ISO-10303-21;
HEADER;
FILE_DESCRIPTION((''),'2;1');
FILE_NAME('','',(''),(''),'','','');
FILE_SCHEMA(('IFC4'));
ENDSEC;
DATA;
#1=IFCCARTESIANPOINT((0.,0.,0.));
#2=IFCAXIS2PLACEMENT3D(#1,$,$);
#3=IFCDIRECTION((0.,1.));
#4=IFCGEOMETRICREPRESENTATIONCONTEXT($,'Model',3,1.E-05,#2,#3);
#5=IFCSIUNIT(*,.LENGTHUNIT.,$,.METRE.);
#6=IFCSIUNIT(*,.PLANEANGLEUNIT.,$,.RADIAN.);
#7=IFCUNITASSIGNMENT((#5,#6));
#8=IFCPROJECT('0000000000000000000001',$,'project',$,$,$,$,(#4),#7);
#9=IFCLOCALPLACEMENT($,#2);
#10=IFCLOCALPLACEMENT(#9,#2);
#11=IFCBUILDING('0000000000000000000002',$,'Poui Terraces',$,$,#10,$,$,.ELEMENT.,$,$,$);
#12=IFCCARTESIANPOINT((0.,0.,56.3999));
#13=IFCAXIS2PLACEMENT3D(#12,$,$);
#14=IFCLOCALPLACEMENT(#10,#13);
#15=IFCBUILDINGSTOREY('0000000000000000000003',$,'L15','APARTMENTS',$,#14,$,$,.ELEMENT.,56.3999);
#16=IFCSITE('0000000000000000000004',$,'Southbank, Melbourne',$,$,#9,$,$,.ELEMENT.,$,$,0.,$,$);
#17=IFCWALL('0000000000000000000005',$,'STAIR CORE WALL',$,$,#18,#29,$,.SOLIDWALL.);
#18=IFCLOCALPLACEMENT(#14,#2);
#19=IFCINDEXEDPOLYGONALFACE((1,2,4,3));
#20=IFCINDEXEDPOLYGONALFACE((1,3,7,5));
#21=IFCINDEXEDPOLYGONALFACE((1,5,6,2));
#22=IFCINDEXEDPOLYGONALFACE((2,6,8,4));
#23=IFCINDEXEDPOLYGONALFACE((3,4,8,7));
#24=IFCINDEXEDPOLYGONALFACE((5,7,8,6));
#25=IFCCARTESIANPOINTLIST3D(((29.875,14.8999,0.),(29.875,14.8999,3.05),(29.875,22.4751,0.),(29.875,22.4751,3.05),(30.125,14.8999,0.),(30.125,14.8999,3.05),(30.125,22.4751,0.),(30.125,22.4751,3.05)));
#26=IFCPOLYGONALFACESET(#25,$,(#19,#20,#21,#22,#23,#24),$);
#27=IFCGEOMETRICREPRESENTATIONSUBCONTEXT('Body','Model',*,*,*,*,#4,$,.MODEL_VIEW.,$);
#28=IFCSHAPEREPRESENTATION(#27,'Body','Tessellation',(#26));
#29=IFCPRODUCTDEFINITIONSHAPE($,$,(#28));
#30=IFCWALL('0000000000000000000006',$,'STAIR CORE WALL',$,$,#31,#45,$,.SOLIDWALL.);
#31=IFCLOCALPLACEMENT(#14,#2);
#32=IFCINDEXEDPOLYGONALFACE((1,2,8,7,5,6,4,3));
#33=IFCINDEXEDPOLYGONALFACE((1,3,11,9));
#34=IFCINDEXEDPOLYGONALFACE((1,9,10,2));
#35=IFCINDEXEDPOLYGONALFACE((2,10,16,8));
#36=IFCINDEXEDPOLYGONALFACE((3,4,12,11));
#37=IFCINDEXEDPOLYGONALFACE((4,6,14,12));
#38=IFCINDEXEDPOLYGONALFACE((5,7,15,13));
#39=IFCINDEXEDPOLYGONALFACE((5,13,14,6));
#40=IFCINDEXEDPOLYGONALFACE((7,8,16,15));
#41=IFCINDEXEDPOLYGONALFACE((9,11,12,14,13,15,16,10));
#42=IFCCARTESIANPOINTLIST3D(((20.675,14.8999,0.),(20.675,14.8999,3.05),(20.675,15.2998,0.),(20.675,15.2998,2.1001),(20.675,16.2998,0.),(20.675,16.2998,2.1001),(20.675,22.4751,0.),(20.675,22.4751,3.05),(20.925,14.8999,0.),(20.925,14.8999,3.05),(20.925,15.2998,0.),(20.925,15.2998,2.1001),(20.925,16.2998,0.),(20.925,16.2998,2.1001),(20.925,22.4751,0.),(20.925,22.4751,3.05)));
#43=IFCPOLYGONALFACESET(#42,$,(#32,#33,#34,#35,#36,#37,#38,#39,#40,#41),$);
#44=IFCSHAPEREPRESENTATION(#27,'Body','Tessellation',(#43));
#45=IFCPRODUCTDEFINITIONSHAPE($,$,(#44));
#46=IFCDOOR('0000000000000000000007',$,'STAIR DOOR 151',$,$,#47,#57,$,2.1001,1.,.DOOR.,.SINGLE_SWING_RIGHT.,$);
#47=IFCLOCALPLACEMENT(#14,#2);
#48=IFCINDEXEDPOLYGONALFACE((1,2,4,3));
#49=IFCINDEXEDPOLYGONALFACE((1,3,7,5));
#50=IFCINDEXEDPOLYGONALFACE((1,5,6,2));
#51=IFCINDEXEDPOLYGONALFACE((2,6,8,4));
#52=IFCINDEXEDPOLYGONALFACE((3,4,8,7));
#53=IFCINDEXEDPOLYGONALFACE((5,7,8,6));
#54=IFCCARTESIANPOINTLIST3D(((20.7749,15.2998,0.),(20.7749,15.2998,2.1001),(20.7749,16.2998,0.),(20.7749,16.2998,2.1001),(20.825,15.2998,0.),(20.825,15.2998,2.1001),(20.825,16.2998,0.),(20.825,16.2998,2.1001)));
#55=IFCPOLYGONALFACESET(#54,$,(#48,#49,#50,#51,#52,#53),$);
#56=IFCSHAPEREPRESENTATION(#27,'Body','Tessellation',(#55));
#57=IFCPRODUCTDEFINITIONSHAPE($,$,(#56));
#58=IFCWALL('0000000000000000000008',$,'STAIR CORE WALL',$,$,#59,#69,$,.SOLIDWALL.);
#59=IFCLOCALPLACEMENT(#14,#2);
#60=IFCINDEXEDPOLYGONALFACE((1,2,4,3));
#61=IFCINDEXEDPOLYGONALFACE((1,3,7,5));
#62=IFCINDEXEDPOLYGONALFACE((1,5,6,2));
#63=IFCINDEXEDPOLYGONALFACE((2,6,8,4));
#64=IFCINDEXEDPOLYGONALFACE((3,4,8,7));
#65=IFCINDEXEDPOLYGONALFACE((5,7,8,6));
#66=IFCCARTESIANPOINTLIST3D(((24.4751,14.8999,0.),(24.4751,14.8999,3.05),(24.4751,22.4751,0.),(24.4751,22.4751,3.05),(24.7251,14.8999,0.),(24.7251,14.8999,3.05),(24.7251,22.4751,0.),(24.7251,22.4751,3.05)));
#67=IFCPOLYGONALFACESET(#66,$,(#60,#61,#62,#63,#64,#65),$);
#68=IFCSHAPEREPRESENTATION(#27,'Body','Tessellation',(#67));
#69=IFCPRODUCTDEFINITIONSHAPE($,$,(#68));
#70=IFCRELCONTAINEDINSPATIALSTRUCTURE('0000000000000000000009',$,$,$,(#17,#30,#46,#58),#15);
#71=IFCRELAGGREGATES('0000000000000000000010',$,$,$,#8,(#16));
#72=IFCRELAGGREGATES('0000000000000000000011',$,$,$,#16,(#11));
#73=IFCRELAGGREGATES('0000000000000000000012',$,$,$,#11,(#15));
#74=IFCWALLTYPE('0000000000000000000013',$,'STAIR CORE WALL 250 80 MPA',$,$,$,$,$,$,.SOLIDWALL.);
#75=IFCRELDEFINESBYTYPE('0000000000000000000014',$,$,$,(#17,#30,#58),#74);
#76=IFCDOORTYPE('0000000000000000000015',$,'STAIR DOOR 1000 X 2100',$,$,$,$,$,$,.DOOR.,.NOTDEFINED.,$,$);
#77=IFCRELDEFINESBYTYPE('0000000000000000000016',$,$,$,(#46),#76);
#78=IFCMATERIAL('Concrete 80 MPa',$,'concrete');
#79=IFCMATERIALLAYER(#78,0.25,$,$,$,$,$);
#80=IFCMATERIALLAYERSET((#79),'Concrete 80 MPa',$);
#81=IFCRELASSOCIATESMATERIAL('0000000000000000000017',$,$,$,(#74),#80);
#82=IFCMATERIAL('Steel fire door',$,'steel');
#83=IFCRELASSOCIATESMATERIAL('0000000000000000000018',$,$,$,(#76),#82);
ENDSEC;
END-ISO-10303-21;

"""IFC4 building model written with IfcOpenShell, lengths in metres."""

from ifc_helpers import new_model, si_unit, direction, frame, frame_2d, origin, place, context, subcontext, project, spatial, rectangle, extrude, material, layer, layer_set, type_object, element, fill, save


model = new_model("IFC4")

# Units and contexts
model_context = context("Model", 3, precision=1e-05, world=origin(), true_north=direction((0.0, 1.0)))
body_context = subcontext(model_context, "Body", "Model", "MODEL_VIEW")
ifc_project = project(units=[si_unit("LENGTHUNIT", "METRE"), si_unit("PLANEANGLEUNIT", "RADIAN")], contexts=[model_context])

# Site, building, storey
site_placement = place(None, origin())
site = spatial("IfcSite", under=ifc_project, at=site_placement, Name="Southbank, Melbourne", CompositionType="ELEMENT", RefElevation=0.0)
building_placement = place(site_placement, origin())
building = spatial("IfcBuilding", under=site, at=building_placement, Name="Poui Terraces", CompositionType="ELEMENT")
storey_placement = place(building_placement, frame((0.0, 0.0, 56.3999)))
storey = spatial("IfcBuildingStorey", under=building, at=storey_placement, Name="L15", Description="APARTMENTS", CompositionType="ELEMENT", Elevation=56.3999)

# Shared definitions
ifc_material_1 = material(Name="Concrete 80 MPa", Category="concrete")

# Shared definitions
ifc_material_2 = material(Name="Steel fire door", Category="steel")

# Wall
ifc_layer_1 = layer(ifc_material_1, 0.25)
ifc_layer_set_1 = layer_set([ifc_layer_1], Name="Concrete 80 MPa")
wall_type_1 = type_object("IfcWallType", Name="STAIR CORE WALL 250 80 MPA", PredefinedType="SOLIDWALL", material=ifc_layer_set_1)
wall_1_placement = place(storey_placement, frame((30.0, 14.8999, 0.0), z_axis=(0.0, 0.0, 1.0), x_axis=(0.0, 1.0, 0.0)))
element("IfcWall", 1, at=wall_1_placement, inside=storey, type_object=wall_type_1, Name="STAIR CORE WALL", PredefinedType="SOLIDWALL", context=body_context, shape_type="SweptSolid", body=[
    extrude(rectangle(XDim=7.5752, YDim=0.25, at=frame_2d((3.7876, 0.0))), origin(), (0.0, 0.0, 1.0), 3.05),
])

# Wall, opening, door
wall_2_placement = place(storey_placement, frame((20.8, 14.8999, 0.0), z_axis=(0.0, 0.0, 1.0), x_axis=(0.0, 1.0, 0.0)))
wall_2 = element("IfcWall", 2, at=wall_2_placement, inside=storey, type_object=wall_type_1, Name="STAIR CORE WALL", PredefinedType="SOLIDWALL", context=body_context, shape_type="SweptSolid", body=[
    extrude(rectangle(XDim=7.5752, YDim=0.25, at=frame_2d((3.7876, 0.0))), origin(), (0.0, 0.0, 1.0), 3.05),
])
opening_1_placement = place(wall_2_placement, frame((0.3999, 0.0, 0.0)))
opening_1 = element("IfcOpeningElement", 3, at=opening_1_placement, cuts=wall_2, PredefinedType="OPENING", context=body_context, shape_type="SweptSolid", body=[
    extrude(rectangle(XDim=1.0, YDim=2.1001, at=frame_2d((0.5, 1.05))), frame((0.0, 0.135, 0.0), z_axis=(0.0, -1.0, 0.0), x_axis=(1.0, 0.0, 0.0)), (0.0, 0.0, 1.0), 0.27),
])
door_type_1 = type_object("IfcDoorType", Name="STAIR DOOR 1000 X 2100", OperationType="NOTDEFINED", PredefinedType="DOOR", material=ifc_material_2)
door_1_placement = place(opening_1_placement, frame((1.0, 0.0, 0.0), z_axis=(0.0, 0.0, 1.0), x_axis=(-1.0, 0.0, 0.0)))
door_1 = element("IfcDoor", 4, at=door_1_placement, inside=storey, type_object=door_type_1, Name="STAIR DOOR 151", OperationType="SINGLE_SWING_RIGHT", OverallHeight=2.1001, OverallWidth=1.0, PredefinedType="DOOR", context=body_context, shape_type="SweptSolid", body=[
    extrude(rectangle(XDim=1.0, YDim=2.1001, at=frame_2d((0.5, 1.05))), frame((0.0, 0.0249, 0.0), z_axis=(0.0, -1.0, 0.0), x_axis=(1.0, 0.0, 0.0)), (0.0, 0.0, 1.0), 0.05),
])
fill(opening_1, door_1)

# Wall
wall_3_placement = place(storey_placement, frame((24.6001, 14.8999, 0.0), z_axis=(0.0, 0.0, 1.0), x_axis=(0.0, 1.0, 0.0)))
element("IfcWall", 5, at=wall_3_placement, inside=storey, type_object=wall_type_1, Name="STAIR CORE WALL", PredefinedType="SOLIDWALL", context=body_context, shape_type="SweptSolid", body=[
    extrude(rectangle(XDim=7.5752, YDim=0.25, at=frame_2d((3.7876, 0.0))), origin(), (0.0, 0.0, 1.0), 3.05),
])

save(model, "model.ifc")
